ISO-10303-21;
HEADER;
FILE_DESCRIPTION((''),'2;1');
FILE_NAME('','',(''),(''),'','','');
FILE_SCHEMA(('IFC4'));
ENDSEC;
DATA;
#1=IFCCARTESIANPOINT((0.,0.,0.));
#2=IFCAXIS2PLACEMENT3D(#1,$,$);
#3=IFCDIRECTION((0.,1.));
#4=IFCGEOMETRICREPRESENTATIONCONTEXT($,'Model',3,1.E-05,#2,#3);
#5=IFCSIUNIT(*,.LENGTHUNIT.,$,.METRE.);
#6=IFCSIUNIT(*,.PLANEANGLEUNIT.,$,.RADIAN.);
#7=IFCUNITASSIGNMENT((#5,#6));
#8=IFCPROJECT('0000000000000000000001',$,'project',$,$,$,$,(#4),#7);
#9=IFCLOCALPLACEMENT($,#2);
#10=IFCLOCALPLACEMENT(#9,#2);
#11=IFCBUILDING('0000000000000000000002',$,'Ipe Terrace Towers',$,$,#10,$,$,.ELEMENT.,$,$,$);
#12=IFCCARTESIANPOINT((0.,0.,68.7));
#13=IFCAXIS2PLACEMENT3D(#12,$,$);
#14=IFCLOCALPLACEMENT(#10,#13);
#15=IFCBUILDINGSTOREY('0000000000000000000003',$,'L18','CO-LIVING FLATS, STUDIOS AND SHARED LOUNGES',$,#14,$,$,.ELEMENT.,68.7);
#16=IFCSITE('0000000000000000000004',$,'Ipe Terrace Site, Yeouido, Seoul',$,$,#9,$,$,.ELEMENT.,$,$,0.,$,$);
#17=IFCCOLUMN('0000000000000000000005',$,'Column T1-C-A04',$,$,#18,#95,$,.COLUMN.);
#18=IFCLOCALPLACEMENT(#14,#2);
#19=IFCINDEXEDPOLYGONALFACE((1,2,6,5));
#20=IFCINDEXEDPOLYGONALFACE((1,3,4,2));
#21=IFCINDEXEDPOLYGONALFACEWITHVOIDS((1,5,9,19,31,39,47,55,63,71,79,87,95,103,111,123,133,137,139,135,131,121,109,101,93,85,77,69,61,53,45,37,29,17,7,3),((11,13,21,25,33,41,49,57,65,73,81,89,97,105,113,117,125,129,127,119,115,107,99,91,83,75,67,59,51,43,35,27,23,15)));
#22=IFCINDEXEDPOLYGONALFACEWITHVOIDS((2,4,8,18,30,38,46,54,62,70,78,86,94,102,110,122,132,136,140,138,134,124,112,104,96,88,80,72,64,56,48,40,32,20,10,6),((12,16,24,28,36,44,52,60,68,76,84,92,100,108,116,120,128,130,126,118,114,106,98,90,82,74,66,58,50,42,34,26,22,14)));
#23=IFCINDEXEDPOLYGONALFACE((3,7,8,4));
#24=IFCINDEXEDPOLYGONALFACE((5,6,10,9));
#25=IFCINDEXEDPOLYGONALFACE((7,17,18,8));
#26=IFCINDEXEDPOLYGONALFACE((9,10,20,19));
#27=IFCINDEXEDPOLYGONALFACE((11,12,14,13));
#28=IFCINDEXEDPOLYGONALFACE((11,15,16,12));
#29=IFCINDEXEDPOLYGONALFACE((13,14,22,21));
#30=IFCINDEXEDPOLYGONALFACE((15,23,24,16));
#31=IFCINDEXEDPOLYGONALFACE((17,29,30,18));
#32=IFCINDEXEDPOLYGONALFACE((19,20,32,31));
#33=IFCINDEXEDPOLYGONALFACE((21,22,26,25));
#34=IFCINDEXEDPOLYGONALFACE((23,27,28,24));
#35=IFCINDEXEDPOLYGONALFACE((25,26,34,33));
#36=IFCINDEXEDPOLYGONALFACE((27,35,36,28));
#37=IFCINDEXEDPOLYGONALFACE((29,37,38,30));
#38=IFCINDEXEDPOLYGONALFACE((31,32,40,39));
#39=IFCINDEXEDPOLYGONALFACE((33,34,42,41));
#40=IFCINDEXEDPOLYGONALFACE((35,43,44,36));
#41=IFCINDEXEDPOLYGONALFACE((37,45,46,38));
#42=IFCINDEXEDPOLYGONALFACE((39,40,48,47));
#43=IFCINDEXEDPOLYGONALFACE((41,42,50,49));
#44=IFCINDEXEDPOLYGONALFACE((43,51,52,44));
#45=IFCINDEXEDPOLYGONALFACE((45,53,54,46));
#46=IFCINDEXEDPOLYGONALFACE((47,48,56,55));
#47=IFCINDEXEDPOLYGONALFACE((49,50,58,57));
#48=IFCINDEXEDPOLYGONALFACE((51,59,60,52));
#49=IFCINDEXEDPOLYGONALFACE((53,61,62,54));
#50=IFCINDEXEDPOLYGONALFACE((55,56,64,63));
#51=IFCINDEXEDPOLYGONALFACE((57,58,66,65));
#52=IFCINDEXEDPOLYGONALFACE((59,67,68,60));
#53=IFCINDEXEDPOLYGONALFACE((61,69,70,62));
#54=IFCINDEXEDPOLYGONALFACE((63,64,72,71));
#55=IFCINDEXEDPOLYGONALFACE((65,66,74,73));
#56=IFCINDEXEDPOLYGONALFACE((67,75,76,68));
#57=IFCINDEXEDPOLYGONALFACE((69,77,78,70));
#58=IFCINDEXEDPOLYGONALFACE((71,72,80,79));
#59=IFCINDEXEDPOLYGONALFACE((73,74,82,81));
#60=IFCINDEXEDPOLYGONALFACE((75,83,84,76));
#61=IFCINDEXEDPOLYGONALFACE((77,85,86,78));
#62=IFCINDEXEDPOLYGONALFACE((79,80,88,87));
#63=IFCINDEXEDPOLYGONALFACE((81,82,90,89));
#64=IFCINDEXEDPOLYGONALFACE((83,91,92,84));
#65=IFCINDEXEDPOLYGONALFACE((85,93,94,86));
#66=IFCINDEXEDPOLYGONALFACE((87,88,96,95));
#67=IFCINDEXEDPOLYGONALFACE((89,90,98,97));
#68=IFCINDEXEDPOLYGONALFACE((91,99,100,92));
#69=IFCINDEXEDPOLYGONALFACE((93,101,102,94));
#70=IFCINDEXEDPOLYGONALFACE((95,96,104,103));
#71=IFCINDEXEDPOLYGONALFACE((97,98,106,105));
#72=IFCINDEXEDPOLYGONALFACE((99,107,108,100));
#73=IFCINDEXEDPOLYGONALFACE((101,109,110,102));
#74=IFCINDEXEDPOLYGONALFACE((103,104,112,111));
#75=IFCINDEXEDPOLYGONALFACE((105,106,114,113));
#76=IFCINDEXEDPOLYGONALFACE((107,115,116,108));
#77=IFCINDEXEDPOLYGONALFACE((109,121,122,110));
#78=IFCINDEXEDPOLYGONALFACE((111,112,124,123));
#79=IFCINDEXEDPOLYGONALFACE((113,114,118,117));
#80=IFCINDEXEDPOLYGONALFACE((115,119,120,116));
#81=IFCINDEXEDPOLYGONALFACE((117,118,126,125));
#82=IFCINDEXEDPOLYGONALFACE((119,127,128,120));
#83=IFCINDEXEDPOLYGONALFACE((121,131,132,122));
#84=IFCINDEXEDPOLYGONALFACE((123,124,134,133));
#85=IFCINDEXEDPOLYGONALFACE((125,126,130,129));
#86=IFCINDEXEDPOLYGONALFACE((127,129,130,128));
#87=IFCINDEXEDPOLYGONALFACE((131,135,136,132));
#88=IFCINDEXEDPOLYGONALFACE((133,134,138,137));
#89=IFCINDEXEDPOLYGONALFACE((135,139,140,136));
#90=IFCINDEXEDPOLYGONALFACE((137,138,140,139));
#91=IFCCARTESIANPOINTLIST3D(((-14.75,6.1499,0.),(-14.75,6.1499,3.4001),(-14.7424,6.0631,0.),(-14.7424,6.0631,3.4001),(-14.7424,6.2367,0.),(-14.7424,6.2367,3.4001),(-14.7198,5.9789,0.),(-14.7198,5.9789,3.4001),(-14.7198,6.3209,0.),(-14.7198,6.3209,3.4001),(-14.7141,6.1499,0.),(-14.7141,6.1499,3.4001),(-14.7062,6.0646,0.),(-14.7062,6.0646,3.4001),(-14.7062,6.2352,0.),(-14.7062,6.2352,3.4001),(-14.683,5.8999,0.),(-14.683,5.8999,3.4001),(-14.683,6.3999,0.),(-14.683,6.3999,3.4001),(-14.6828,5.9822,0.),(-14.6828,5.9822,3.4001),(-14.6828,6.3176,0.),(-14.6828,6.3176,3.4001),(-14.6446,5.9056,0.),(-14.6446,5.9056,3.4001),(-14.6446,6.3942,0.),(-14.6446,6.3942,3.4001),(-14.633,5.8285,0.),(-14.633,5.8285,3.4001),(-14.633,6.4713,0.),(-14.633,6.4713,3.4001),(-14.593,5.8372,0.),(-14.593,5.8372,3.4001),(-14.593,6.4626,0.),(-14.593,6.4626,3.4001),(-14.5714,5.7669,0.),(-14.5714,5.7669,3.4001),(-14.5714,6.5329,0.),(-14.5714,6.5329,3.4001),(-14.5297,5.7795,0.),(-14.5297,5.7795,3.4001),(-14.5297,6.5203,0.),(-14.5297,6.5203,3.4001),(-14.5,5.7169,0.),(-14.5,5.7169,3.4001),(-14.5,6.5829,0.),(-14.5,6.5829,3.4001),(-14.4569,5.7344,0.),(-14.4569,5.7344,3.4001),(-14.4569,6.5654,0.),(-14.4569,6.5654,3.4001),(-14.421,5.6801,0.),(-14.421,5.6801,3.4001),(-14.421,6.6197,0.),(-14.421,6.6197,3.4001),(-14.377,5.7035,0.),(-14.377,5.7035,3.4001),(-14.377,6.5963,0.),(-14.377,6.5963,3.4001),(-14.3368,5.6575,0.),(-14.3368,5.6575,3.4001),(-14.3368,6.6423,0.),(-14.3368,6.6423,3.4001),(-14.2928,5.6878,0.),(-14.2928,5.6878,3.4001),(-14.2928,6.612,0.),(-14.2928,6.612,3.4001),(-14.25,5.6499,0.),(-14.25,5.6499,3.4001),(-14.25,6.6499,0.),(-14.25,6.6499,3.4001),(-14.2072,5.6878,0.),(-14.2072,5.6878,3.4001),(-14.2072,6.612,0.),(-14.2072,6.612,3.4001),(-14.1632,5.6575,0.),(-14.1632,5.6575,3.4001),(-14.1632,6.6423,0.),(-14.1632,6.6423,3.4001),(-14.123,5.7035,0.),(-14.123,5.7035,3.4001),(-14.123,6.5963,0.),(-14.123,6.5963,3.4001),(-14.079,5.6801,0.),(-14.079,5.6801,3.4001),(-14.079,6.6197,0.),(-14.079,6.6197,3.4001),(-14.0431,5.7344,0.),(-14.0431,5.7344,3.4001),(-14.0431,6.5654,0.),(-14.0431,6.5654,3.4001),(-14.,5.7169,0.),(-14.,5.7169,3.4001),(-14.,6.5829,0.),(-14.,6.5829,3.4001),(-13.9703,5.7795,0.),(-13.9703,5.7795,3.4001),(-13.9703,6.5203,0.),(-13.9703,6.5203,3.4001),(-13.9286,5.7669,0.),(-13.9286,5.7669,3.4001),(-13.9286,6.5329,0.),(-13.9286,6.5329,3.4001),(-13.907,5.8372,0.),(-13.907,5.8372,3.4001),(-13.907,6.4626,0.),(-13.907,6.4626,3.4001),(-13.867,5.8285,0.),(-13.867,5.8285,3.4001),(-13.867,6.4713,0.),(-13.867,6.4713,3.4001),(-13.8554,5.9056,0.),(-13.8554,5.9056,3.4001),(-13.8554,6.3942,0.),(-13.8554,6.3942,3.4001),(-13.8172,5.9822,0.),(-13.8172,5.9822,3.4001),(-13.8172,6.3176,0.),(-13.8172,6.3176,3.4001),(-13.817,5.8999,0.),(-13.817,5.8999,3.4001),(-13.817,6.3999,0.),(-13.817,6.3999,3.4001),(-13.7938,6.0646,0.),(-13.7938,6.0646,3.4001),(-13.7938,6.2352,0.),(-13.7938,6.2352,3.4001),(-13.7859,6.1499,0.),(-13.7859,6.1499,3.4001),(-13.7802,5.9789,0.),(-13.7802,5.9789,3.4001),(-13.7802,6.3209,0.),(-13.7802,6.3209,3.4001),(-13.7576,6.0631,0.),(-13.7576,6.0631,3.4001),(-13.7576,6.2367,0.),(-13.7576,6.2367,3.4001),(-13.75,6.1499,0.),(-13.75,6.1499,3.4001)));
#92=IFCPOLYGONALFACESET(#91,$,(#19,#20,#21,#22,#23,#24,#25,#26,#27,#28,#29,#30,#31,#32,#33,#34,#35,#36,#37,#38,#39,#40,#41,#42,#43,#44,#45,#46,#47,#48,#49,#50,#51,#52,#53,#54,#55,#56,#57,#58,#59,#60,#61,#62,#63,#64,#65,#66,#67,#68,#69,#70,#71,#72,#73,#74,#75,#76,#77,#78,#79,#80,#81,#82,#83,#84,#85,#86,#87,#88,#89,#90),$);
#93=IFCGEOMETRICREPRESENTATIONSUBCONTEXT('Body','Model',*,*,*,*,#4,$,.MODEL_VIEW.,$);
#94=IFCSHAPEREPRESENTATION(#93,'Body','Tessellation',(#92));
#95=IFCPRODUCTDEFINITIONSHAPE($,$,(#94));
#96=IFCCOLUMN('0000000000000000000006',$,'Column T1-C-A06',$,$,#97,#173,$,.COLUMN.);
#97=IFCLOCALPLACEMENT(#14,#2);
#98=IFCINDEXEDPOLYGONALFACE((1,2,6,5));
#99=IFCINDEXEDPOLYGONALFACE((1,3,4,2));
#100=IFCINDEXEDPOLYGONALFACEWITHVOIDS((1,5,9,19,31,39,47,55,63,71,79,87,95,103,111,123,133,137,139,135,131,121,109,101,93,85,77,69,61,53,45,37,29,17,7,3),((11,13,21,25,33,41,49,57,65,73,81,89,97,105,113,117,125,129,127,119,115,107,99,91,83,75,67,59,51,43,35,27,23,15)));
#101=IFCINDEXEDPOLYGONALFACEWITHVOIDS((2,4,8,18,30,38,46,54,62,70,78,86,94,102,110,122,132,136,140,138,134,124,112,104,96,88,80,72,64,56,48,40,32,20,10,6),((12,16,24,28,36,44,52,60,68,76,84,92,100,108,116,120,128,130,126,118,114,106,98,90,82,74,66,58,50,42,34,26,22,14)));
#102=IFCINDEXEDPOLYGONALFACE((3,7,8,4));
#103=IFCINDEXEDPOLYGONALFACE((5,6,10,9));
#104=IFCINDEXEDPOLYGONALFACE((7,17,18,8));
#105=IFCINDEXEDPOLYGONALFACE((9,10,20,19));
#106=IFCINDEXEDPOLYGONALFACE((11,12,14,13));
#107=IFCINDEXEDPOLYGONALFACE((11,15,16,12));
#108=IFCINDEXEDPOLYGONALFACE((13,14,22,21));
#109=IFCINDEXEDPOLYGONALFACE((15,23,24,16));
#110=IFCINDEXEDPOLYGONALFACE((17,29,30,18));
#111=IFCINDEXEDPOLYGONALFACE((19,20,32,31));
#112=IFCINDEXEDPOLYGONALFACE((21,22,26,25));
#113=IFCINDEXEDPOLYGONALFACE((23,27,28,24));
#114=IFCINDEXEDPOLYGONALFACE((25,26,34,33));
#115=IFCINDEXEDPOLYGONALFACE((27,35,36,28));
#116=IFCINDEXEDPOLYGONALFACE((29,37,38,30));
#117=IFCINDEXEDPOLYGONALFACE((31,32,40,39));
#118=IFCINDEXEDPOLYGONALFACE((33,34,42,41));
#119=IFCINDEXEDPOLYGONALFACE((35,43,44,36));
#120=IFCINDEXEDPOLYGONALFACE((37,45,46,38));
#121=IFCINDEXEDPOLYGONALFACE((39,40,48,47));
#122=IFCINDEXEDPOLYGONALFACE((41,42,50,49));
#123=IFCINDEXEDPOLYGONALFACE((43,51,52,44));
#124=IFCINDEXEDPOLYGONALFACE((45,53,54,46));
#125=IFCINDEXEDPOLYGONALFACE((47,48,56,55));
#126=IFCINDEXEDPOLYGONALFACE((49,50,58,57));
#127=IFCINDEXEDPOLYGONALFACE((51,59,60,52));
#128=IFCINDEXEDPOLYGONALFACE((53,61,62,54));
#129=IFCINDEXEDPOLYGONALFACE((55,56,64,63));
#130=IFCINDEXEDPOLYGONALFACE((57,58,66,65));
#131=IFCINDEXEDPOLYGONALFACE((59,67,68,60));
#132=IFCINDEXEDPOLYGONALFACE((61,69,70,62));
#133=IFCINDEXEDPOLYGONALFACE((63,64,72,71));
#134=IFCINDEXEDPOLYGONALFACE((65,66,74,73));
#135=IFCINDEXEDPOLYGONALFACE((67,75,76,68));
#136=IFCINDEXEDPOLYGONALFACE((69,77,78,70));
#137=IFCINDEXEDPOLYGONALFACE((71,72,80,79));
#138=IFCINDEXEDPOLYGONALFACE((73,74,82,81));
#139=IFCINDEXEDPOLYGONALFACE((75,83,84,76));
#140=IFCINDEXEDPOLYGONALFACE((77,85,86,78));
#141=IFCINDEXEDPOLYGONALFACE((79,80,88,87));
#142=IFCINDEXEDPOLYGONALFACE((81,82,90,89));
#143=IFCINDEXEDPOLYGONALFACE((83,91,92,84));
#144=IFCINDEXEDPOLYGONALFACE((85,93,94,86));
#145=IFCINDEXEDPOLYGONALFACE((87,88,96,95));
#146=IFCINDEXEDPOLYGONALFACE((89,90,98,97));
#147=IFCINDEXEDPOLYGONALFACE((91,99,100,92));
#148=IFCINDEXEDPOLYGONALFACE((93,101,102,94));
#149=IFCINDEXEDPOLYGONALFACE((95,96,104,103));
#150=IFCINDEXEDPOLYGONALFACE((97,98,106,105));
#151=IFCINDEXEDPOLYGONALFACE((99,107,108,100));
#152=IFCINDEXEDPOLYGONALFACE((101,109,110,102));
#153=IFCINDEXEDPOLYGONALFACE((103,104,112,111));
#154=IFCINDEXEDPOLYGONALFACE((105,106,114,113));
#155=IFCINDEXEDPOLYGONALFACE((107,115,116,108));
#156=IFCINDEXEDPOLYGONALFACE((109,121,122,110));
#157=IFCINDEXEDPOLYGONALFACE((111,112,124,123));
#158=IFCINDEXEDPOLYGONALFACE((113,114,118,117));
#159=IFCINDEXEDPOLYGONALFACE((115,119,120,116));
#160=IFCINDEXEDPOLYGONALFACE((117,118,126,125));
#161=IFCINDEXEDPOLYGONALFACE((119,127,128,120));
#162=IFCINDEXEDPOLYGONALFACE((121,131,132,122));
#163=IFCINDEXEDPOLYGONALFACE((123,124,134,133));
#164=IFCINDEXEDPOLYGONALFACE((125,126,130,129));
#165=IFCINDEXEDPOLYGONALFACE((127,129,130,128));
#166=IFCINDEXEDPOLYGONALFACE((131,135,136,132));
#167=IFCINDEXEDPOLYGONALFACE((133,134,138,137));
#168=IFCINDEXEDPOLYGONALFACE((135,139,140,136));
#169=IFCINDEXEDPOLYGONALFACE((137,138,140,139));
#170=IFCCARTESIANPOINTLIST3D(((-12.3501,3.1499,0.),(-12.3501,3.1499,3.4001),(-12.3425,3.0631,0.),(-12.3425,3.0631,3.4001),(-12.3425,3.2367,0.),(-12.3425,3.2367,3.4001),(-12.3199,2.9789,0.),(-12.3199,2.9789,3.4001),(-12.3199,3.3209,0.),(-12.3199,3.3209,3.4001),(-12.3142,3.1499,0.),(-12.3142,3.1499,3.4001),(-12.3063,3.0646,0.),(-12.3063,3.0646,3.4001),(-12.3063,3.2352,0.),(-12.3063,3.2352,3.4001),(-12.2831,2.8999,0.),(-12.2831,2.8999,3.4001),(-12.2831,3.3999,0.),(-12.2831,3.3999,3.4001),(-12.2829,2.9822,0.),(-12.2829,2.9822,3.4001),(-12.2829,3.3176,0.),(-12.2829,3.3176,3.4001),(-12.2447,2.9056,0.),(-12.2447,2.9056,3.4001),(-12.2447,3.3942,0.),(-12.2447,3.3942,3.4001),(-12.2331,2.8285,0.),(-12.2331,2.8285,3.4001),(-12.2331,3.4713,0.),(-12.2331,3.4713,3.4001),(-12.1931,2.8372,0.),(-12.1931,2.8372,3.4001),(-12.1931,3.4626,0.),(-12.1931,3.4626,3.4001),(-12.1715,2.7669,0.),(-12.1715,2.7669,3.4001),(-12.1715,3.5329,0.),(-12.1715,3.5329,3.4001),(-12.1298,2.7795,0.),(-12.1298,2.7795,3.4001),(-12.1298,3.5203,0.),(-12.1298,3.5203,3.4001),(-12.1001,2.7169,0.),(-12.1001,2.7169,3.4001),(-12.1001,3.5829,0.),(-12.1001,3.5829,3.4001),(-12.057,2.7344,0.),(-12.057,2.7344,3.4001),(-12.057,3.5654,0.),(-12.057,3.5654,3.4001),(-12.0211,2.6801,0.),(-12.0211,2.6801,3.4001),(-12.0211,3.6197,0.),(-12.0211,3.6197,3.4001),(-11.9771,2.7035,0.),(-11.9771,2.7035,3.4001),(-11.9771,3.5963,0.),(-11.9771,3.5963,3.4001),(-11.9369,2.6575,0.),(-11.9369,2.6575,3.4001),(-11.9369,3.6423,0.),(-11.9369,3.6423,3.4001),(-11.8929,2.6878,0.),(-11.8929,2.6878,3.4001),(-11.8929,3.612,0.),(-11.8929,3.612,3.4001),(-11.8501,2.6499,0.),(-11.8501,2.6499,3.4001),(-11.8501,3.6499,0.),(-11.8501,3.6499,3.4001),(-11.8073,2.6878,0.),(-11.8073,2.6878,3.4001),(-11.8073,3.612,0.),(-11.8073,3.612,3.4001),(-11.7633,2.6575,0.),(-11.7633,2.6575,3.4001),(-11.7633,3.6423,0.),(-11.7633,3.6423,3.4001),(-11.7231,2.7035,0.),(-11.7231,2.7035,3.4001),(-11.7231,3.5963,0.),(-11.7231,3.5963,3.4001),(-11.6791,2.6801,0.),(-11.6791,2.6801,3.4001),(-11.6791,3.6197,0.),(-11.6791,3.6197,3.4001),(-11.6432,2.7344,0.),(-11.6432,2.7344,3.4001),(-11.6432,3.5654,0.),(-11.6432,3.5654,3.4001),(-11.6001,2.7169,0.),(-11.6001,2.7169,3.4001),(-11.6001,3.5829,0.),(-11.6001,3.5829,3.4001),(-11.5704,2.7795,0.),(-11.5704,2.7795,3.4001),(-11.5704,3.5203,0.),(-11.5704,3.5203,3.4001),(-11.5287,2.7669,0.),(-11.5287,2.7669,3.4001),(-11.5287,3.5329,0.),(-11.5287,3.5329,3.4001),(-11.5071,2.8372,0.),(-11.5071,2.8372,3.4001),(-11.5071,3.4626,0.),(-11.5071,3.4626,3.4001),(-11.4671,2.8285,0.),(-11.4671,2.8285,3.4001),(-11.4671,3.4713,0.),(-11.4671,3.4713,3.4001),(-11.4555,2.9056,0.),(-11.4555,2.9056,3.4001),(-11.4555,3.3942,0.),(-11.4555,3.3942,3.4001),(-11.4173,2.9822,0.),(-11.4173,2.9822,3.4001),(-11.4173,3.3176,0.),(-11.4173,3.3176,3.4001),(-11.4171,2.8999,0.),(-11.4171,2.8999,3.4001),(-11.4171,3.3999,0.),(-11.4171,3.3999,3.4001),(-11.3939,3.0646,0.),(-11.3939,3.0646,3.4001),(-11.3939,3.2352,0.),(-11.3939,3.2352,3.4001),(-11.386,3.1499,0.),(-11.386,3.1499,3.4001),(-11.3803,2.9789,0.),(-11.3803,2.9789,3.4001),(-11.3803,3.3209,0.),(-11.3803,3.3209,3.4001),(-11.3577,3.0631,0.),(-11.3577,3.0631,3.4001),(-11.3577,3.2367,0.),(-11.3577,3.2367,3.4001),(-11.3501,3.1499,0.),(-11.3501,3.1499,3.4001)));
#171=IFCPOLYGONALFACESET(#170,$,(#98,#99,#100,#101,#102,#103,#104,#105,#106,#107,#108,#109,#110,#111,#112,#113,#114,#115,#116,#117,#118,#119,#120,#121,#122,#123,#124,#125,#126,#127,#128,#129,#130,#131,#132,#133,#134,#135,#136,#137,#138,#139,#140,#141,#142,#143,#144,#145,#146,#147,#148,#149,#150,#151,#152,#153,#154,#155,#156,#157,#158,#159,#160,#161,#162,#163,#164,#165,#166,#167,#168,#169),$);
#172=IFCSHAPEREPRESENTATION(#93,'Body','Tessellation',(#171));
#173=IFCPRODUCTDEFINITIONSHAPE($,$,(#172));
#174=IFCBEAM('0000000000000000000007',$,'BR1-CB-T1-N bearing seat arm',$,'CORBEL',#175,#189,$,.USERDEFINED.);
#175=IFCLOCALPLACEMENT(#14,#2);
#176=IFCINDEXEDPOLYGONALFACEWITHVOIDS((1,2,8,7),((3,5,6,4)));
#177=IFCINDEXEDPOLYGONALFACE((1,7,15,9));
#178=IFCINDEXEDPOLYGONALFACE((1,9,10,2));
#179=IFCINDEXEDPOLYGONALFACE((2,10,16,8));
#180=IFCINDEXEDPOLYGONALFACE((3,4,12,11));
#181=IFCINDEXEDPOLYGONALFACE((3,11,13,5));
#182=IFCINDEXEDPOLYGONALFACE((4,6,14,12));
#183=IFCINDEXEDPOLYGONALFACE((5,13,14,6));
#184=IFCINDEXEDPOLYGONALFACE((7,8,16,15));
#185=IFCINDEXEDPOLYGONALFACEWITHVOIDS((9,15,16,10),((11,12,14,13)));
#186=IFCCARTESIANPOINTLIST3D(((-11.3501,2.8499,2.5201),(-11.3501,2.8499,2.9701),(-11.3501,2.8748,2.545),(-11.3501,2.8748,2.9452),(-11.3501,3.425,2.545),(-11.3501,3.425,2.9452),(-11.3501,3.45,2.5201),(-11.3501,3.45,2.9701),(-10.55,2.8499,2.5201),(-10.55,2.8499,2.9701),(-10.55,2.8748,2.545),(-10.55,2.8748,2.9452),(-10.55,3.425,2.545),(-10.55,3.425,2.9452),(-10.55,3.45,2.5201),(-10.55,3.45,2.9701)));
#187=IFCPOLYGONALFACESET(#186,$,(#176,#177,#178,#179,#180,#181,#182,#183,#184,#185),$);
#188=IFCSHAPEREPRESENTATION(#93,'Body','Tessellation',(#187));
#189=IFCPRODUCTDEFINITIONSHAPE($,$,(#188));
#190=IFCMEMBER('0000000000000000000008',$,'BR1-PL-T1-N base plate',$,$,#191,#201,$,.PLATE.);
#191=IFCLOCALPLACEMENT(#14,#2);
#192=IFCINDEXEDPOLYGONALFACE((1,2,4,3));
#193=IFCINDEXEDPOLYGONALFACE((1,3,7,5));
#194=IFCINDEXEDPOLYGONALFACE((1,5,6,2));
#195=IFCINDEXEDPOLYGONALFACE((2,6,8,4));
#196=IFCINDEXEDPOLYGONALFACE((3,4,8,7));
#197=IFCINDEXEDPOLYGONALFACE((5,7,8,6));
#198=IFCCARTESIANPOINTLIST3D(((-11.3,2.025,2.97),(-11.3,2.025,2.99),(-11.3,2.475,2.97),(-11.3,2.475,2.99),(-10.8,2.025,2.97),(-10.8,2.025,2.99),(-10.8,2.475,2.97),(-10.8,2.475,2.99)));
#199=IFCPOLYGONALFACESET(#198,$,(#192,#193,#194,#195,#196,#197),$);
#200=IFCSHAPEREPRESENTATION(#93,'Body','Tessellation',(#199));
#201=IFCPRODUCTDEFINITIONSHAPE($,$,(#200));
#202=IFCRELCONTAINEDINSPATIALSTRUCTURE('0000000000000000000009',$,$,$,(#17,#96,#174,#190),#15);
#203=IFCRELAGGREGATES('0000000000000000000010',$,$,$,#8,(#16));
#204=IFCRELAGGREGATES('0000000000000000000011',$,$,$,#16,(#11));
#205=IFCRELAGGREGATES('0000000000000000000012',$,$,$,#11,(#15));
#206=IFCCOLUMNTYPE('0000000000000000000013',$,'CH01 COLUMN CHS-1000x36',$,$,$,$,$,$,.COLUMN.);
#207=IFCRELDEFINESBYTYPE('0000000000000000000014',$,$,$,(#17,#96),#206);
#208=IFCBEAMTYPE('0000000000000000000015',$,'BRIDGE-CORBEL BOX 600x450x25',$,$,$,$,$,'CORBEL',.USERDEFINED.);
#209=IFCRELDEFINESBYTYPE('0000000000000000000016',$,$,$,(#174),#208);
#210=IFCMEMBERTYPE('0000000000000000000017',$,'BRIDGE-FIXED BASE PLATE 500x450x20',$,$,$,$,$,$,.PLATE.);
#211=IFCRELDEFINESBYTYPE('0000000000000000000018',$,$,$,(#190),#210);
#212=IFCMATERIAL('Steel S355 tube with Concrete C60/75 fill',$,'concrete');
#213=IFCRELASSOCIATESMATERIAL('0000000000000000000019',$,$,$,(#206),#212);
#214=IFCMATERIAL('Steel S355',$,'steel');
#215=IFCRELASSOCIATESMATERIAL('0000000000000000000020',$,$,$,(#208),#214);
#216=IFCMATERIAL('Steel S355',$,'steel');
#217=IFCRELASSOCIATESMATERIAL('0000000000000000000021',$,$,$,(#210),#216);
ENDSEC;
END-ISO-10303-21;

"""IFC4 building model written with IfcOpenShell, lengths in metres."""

from ifc_helpers import new_model, si_unit, direction, frame, origin, origin_2d, place, context, subcontext, project, spatial, rectangle, hollow_rectangle, hollow_circle, extrude, material, material_profile, profile_set, type_object, element, save


model = new_model("IFC4")

# Units and contexts
model_context = context("Model", 3, precision=1e-05, world=origin(), true_north=direction((0.0, 1.0)))
body_context = subcontext(model_context, "Body", "Model", "MODEL_VIEW")
ifc_project = project(units=[si_unit("LENGTHUNIT", "METRE"), si_unit("PLANEANGLEUNIT", "RADIAN")], contexts=[model_context])

# Site, building, storey
site_placement = place(None, origin())
site = spatial("IfcSite", under=ifc_project, at=site_placement, Name="Ipe Terrace Site, Yeouido, Seoul", CompositionType="ELEMENT", RefElevation=0.0)
building_placement = place(site_placement, origin())
building = spatial("IfcBuilding", under=site, at=building_placement, Name="Ipe Terrace Towers", CompositionType="ELEMENT")
storey_placement = place(building_placement, frame((0.0, 0.0, 68.7)))
storey = spatial("IfcBuildingStorey", under=building, at=storey_placement, Name="L18", Description="CO-LIVING FLATS, STUDIOS AND SHARED LOUNGES", CompositionType="ELEMENT", Elevation=68.7)

# Columns
ifc_material_1 = material(Name="Steel S355 tube with Concrete C60/75 fill", Category="concrete")
ifc_material_profile_1 = material_profile(ifc_material_1, hollow_circle(Radius=0.5, WallThickness=0.0359, at=origin_2d()), Name="CHS-1000x36")
ifc_profile_set_1 = profile_set([ifc_material_profile_1], Name="Steel S355 tube with Concrete C60/75 fill")
column_type = type_object("IfcColumnType", Name="CH01 COLUMN CHS-1000x36", PredefinedType="COLUMN", material=ifc_profile_set_1)
for number, where, z_axis, x_axis, name in (
    (1, (-14.25, 6.1499, 0.0), (0.0, 0.0, 1.0), (1.0, 0.0, 0.0), "Column T1-C-A04"),
    (2, (-11.8501, 3.1499, 0.0), (0.0, 0.0, 1.0), (1.0, 0.0, 0.0), "Column T1-C-A06"),
):
    element("IfcColumn", number, at=place(storey_placement, frame(where, z_axis=z_axis, x_axis=x_axis)), inside=storey, type_object=column_type, Name=name, PredefinedType="COLUMN", context=body_context, shape_type="SweptSolid", body=[
        extrude(hollow_circle(Radius=0.5, WallThickness=0.0359, at=origin_2d()), origin(), (0.0, 0.0, 1.0), 3.4001),
    ])

# Beam
ifc_material_2 = material(Name="Steel S355", Category="steel")
ifc_material_profile_2 = material_profile(ifc_material_2, hollow_rectangle(XDim=0.6001, YDim=0.45, WallThickness=0.0249, at=origin_2d()), Name="BRIDGE-CORBEL BOX 600x450x25")
ifc_profile_set_2 = profile_set([ifc_material_profile_2], Name="Steel S355")
beam_type_1 = type_object("IfcBeamType", Name="BRIDGE-CORBEL BOX 600x450x25", ElementType="CORBEL", PredefinedType="USERDEFINED", material=ifc_profile_set_2)
beam_1_placement = place(storey_placement, frame((-11.3501, 3.1499, 2.7451), z_axis=(1.0, 0.0, 0.0), x_axis=(0.0, 1.0, 0.0)))
element("IfcBeam", 3, at=beam_1_placement, inside=storey, type_object=beam_type_1, Name="BR1-CB-T1-N bearing seat arm", ObjectType="CORBEL", PredefinedType="USERDEFINED", context=body_context, shape_type="SweptSolid", body=[
    extrude(hollow_rectangle(XDim=0.6001, YDim=0.45, WallThickness=0.0249, at=origin_2d()), origin(), (0.0, 0.0, 1.0), 0.8),
])

# Member
ifc_material_3 = material(Name="Steel S355", Category="steel")
member_type_1 = type_object("IfcMemberType", Name="BRIDGE-FIXED BASE PLATE 500x450x20", PredefinedType="PLATE", material=ifc_material_3)
member_1_placement = place(storey_placement, frame((-11.05, 2.25, 2.97), z_axis=(0.0, 0.0, 1.0), x_axis=(1.0, 0.0, 0.0)))
element("IfcMember", 4, at=member_1_placement, inside=storey, type_object=member_type_1, Name="BR1-PL-T1-N base plate", PredefinedType="PLATE", context=body_context, shape_type="SweptSolid", body=[
    extrude(rectangle(XDim=0.5, YDim=0.45, at=origin_2d()), origin(), (0.0, 0.0, 1.0), 0.02),
])

save(model, "model.ifc")
